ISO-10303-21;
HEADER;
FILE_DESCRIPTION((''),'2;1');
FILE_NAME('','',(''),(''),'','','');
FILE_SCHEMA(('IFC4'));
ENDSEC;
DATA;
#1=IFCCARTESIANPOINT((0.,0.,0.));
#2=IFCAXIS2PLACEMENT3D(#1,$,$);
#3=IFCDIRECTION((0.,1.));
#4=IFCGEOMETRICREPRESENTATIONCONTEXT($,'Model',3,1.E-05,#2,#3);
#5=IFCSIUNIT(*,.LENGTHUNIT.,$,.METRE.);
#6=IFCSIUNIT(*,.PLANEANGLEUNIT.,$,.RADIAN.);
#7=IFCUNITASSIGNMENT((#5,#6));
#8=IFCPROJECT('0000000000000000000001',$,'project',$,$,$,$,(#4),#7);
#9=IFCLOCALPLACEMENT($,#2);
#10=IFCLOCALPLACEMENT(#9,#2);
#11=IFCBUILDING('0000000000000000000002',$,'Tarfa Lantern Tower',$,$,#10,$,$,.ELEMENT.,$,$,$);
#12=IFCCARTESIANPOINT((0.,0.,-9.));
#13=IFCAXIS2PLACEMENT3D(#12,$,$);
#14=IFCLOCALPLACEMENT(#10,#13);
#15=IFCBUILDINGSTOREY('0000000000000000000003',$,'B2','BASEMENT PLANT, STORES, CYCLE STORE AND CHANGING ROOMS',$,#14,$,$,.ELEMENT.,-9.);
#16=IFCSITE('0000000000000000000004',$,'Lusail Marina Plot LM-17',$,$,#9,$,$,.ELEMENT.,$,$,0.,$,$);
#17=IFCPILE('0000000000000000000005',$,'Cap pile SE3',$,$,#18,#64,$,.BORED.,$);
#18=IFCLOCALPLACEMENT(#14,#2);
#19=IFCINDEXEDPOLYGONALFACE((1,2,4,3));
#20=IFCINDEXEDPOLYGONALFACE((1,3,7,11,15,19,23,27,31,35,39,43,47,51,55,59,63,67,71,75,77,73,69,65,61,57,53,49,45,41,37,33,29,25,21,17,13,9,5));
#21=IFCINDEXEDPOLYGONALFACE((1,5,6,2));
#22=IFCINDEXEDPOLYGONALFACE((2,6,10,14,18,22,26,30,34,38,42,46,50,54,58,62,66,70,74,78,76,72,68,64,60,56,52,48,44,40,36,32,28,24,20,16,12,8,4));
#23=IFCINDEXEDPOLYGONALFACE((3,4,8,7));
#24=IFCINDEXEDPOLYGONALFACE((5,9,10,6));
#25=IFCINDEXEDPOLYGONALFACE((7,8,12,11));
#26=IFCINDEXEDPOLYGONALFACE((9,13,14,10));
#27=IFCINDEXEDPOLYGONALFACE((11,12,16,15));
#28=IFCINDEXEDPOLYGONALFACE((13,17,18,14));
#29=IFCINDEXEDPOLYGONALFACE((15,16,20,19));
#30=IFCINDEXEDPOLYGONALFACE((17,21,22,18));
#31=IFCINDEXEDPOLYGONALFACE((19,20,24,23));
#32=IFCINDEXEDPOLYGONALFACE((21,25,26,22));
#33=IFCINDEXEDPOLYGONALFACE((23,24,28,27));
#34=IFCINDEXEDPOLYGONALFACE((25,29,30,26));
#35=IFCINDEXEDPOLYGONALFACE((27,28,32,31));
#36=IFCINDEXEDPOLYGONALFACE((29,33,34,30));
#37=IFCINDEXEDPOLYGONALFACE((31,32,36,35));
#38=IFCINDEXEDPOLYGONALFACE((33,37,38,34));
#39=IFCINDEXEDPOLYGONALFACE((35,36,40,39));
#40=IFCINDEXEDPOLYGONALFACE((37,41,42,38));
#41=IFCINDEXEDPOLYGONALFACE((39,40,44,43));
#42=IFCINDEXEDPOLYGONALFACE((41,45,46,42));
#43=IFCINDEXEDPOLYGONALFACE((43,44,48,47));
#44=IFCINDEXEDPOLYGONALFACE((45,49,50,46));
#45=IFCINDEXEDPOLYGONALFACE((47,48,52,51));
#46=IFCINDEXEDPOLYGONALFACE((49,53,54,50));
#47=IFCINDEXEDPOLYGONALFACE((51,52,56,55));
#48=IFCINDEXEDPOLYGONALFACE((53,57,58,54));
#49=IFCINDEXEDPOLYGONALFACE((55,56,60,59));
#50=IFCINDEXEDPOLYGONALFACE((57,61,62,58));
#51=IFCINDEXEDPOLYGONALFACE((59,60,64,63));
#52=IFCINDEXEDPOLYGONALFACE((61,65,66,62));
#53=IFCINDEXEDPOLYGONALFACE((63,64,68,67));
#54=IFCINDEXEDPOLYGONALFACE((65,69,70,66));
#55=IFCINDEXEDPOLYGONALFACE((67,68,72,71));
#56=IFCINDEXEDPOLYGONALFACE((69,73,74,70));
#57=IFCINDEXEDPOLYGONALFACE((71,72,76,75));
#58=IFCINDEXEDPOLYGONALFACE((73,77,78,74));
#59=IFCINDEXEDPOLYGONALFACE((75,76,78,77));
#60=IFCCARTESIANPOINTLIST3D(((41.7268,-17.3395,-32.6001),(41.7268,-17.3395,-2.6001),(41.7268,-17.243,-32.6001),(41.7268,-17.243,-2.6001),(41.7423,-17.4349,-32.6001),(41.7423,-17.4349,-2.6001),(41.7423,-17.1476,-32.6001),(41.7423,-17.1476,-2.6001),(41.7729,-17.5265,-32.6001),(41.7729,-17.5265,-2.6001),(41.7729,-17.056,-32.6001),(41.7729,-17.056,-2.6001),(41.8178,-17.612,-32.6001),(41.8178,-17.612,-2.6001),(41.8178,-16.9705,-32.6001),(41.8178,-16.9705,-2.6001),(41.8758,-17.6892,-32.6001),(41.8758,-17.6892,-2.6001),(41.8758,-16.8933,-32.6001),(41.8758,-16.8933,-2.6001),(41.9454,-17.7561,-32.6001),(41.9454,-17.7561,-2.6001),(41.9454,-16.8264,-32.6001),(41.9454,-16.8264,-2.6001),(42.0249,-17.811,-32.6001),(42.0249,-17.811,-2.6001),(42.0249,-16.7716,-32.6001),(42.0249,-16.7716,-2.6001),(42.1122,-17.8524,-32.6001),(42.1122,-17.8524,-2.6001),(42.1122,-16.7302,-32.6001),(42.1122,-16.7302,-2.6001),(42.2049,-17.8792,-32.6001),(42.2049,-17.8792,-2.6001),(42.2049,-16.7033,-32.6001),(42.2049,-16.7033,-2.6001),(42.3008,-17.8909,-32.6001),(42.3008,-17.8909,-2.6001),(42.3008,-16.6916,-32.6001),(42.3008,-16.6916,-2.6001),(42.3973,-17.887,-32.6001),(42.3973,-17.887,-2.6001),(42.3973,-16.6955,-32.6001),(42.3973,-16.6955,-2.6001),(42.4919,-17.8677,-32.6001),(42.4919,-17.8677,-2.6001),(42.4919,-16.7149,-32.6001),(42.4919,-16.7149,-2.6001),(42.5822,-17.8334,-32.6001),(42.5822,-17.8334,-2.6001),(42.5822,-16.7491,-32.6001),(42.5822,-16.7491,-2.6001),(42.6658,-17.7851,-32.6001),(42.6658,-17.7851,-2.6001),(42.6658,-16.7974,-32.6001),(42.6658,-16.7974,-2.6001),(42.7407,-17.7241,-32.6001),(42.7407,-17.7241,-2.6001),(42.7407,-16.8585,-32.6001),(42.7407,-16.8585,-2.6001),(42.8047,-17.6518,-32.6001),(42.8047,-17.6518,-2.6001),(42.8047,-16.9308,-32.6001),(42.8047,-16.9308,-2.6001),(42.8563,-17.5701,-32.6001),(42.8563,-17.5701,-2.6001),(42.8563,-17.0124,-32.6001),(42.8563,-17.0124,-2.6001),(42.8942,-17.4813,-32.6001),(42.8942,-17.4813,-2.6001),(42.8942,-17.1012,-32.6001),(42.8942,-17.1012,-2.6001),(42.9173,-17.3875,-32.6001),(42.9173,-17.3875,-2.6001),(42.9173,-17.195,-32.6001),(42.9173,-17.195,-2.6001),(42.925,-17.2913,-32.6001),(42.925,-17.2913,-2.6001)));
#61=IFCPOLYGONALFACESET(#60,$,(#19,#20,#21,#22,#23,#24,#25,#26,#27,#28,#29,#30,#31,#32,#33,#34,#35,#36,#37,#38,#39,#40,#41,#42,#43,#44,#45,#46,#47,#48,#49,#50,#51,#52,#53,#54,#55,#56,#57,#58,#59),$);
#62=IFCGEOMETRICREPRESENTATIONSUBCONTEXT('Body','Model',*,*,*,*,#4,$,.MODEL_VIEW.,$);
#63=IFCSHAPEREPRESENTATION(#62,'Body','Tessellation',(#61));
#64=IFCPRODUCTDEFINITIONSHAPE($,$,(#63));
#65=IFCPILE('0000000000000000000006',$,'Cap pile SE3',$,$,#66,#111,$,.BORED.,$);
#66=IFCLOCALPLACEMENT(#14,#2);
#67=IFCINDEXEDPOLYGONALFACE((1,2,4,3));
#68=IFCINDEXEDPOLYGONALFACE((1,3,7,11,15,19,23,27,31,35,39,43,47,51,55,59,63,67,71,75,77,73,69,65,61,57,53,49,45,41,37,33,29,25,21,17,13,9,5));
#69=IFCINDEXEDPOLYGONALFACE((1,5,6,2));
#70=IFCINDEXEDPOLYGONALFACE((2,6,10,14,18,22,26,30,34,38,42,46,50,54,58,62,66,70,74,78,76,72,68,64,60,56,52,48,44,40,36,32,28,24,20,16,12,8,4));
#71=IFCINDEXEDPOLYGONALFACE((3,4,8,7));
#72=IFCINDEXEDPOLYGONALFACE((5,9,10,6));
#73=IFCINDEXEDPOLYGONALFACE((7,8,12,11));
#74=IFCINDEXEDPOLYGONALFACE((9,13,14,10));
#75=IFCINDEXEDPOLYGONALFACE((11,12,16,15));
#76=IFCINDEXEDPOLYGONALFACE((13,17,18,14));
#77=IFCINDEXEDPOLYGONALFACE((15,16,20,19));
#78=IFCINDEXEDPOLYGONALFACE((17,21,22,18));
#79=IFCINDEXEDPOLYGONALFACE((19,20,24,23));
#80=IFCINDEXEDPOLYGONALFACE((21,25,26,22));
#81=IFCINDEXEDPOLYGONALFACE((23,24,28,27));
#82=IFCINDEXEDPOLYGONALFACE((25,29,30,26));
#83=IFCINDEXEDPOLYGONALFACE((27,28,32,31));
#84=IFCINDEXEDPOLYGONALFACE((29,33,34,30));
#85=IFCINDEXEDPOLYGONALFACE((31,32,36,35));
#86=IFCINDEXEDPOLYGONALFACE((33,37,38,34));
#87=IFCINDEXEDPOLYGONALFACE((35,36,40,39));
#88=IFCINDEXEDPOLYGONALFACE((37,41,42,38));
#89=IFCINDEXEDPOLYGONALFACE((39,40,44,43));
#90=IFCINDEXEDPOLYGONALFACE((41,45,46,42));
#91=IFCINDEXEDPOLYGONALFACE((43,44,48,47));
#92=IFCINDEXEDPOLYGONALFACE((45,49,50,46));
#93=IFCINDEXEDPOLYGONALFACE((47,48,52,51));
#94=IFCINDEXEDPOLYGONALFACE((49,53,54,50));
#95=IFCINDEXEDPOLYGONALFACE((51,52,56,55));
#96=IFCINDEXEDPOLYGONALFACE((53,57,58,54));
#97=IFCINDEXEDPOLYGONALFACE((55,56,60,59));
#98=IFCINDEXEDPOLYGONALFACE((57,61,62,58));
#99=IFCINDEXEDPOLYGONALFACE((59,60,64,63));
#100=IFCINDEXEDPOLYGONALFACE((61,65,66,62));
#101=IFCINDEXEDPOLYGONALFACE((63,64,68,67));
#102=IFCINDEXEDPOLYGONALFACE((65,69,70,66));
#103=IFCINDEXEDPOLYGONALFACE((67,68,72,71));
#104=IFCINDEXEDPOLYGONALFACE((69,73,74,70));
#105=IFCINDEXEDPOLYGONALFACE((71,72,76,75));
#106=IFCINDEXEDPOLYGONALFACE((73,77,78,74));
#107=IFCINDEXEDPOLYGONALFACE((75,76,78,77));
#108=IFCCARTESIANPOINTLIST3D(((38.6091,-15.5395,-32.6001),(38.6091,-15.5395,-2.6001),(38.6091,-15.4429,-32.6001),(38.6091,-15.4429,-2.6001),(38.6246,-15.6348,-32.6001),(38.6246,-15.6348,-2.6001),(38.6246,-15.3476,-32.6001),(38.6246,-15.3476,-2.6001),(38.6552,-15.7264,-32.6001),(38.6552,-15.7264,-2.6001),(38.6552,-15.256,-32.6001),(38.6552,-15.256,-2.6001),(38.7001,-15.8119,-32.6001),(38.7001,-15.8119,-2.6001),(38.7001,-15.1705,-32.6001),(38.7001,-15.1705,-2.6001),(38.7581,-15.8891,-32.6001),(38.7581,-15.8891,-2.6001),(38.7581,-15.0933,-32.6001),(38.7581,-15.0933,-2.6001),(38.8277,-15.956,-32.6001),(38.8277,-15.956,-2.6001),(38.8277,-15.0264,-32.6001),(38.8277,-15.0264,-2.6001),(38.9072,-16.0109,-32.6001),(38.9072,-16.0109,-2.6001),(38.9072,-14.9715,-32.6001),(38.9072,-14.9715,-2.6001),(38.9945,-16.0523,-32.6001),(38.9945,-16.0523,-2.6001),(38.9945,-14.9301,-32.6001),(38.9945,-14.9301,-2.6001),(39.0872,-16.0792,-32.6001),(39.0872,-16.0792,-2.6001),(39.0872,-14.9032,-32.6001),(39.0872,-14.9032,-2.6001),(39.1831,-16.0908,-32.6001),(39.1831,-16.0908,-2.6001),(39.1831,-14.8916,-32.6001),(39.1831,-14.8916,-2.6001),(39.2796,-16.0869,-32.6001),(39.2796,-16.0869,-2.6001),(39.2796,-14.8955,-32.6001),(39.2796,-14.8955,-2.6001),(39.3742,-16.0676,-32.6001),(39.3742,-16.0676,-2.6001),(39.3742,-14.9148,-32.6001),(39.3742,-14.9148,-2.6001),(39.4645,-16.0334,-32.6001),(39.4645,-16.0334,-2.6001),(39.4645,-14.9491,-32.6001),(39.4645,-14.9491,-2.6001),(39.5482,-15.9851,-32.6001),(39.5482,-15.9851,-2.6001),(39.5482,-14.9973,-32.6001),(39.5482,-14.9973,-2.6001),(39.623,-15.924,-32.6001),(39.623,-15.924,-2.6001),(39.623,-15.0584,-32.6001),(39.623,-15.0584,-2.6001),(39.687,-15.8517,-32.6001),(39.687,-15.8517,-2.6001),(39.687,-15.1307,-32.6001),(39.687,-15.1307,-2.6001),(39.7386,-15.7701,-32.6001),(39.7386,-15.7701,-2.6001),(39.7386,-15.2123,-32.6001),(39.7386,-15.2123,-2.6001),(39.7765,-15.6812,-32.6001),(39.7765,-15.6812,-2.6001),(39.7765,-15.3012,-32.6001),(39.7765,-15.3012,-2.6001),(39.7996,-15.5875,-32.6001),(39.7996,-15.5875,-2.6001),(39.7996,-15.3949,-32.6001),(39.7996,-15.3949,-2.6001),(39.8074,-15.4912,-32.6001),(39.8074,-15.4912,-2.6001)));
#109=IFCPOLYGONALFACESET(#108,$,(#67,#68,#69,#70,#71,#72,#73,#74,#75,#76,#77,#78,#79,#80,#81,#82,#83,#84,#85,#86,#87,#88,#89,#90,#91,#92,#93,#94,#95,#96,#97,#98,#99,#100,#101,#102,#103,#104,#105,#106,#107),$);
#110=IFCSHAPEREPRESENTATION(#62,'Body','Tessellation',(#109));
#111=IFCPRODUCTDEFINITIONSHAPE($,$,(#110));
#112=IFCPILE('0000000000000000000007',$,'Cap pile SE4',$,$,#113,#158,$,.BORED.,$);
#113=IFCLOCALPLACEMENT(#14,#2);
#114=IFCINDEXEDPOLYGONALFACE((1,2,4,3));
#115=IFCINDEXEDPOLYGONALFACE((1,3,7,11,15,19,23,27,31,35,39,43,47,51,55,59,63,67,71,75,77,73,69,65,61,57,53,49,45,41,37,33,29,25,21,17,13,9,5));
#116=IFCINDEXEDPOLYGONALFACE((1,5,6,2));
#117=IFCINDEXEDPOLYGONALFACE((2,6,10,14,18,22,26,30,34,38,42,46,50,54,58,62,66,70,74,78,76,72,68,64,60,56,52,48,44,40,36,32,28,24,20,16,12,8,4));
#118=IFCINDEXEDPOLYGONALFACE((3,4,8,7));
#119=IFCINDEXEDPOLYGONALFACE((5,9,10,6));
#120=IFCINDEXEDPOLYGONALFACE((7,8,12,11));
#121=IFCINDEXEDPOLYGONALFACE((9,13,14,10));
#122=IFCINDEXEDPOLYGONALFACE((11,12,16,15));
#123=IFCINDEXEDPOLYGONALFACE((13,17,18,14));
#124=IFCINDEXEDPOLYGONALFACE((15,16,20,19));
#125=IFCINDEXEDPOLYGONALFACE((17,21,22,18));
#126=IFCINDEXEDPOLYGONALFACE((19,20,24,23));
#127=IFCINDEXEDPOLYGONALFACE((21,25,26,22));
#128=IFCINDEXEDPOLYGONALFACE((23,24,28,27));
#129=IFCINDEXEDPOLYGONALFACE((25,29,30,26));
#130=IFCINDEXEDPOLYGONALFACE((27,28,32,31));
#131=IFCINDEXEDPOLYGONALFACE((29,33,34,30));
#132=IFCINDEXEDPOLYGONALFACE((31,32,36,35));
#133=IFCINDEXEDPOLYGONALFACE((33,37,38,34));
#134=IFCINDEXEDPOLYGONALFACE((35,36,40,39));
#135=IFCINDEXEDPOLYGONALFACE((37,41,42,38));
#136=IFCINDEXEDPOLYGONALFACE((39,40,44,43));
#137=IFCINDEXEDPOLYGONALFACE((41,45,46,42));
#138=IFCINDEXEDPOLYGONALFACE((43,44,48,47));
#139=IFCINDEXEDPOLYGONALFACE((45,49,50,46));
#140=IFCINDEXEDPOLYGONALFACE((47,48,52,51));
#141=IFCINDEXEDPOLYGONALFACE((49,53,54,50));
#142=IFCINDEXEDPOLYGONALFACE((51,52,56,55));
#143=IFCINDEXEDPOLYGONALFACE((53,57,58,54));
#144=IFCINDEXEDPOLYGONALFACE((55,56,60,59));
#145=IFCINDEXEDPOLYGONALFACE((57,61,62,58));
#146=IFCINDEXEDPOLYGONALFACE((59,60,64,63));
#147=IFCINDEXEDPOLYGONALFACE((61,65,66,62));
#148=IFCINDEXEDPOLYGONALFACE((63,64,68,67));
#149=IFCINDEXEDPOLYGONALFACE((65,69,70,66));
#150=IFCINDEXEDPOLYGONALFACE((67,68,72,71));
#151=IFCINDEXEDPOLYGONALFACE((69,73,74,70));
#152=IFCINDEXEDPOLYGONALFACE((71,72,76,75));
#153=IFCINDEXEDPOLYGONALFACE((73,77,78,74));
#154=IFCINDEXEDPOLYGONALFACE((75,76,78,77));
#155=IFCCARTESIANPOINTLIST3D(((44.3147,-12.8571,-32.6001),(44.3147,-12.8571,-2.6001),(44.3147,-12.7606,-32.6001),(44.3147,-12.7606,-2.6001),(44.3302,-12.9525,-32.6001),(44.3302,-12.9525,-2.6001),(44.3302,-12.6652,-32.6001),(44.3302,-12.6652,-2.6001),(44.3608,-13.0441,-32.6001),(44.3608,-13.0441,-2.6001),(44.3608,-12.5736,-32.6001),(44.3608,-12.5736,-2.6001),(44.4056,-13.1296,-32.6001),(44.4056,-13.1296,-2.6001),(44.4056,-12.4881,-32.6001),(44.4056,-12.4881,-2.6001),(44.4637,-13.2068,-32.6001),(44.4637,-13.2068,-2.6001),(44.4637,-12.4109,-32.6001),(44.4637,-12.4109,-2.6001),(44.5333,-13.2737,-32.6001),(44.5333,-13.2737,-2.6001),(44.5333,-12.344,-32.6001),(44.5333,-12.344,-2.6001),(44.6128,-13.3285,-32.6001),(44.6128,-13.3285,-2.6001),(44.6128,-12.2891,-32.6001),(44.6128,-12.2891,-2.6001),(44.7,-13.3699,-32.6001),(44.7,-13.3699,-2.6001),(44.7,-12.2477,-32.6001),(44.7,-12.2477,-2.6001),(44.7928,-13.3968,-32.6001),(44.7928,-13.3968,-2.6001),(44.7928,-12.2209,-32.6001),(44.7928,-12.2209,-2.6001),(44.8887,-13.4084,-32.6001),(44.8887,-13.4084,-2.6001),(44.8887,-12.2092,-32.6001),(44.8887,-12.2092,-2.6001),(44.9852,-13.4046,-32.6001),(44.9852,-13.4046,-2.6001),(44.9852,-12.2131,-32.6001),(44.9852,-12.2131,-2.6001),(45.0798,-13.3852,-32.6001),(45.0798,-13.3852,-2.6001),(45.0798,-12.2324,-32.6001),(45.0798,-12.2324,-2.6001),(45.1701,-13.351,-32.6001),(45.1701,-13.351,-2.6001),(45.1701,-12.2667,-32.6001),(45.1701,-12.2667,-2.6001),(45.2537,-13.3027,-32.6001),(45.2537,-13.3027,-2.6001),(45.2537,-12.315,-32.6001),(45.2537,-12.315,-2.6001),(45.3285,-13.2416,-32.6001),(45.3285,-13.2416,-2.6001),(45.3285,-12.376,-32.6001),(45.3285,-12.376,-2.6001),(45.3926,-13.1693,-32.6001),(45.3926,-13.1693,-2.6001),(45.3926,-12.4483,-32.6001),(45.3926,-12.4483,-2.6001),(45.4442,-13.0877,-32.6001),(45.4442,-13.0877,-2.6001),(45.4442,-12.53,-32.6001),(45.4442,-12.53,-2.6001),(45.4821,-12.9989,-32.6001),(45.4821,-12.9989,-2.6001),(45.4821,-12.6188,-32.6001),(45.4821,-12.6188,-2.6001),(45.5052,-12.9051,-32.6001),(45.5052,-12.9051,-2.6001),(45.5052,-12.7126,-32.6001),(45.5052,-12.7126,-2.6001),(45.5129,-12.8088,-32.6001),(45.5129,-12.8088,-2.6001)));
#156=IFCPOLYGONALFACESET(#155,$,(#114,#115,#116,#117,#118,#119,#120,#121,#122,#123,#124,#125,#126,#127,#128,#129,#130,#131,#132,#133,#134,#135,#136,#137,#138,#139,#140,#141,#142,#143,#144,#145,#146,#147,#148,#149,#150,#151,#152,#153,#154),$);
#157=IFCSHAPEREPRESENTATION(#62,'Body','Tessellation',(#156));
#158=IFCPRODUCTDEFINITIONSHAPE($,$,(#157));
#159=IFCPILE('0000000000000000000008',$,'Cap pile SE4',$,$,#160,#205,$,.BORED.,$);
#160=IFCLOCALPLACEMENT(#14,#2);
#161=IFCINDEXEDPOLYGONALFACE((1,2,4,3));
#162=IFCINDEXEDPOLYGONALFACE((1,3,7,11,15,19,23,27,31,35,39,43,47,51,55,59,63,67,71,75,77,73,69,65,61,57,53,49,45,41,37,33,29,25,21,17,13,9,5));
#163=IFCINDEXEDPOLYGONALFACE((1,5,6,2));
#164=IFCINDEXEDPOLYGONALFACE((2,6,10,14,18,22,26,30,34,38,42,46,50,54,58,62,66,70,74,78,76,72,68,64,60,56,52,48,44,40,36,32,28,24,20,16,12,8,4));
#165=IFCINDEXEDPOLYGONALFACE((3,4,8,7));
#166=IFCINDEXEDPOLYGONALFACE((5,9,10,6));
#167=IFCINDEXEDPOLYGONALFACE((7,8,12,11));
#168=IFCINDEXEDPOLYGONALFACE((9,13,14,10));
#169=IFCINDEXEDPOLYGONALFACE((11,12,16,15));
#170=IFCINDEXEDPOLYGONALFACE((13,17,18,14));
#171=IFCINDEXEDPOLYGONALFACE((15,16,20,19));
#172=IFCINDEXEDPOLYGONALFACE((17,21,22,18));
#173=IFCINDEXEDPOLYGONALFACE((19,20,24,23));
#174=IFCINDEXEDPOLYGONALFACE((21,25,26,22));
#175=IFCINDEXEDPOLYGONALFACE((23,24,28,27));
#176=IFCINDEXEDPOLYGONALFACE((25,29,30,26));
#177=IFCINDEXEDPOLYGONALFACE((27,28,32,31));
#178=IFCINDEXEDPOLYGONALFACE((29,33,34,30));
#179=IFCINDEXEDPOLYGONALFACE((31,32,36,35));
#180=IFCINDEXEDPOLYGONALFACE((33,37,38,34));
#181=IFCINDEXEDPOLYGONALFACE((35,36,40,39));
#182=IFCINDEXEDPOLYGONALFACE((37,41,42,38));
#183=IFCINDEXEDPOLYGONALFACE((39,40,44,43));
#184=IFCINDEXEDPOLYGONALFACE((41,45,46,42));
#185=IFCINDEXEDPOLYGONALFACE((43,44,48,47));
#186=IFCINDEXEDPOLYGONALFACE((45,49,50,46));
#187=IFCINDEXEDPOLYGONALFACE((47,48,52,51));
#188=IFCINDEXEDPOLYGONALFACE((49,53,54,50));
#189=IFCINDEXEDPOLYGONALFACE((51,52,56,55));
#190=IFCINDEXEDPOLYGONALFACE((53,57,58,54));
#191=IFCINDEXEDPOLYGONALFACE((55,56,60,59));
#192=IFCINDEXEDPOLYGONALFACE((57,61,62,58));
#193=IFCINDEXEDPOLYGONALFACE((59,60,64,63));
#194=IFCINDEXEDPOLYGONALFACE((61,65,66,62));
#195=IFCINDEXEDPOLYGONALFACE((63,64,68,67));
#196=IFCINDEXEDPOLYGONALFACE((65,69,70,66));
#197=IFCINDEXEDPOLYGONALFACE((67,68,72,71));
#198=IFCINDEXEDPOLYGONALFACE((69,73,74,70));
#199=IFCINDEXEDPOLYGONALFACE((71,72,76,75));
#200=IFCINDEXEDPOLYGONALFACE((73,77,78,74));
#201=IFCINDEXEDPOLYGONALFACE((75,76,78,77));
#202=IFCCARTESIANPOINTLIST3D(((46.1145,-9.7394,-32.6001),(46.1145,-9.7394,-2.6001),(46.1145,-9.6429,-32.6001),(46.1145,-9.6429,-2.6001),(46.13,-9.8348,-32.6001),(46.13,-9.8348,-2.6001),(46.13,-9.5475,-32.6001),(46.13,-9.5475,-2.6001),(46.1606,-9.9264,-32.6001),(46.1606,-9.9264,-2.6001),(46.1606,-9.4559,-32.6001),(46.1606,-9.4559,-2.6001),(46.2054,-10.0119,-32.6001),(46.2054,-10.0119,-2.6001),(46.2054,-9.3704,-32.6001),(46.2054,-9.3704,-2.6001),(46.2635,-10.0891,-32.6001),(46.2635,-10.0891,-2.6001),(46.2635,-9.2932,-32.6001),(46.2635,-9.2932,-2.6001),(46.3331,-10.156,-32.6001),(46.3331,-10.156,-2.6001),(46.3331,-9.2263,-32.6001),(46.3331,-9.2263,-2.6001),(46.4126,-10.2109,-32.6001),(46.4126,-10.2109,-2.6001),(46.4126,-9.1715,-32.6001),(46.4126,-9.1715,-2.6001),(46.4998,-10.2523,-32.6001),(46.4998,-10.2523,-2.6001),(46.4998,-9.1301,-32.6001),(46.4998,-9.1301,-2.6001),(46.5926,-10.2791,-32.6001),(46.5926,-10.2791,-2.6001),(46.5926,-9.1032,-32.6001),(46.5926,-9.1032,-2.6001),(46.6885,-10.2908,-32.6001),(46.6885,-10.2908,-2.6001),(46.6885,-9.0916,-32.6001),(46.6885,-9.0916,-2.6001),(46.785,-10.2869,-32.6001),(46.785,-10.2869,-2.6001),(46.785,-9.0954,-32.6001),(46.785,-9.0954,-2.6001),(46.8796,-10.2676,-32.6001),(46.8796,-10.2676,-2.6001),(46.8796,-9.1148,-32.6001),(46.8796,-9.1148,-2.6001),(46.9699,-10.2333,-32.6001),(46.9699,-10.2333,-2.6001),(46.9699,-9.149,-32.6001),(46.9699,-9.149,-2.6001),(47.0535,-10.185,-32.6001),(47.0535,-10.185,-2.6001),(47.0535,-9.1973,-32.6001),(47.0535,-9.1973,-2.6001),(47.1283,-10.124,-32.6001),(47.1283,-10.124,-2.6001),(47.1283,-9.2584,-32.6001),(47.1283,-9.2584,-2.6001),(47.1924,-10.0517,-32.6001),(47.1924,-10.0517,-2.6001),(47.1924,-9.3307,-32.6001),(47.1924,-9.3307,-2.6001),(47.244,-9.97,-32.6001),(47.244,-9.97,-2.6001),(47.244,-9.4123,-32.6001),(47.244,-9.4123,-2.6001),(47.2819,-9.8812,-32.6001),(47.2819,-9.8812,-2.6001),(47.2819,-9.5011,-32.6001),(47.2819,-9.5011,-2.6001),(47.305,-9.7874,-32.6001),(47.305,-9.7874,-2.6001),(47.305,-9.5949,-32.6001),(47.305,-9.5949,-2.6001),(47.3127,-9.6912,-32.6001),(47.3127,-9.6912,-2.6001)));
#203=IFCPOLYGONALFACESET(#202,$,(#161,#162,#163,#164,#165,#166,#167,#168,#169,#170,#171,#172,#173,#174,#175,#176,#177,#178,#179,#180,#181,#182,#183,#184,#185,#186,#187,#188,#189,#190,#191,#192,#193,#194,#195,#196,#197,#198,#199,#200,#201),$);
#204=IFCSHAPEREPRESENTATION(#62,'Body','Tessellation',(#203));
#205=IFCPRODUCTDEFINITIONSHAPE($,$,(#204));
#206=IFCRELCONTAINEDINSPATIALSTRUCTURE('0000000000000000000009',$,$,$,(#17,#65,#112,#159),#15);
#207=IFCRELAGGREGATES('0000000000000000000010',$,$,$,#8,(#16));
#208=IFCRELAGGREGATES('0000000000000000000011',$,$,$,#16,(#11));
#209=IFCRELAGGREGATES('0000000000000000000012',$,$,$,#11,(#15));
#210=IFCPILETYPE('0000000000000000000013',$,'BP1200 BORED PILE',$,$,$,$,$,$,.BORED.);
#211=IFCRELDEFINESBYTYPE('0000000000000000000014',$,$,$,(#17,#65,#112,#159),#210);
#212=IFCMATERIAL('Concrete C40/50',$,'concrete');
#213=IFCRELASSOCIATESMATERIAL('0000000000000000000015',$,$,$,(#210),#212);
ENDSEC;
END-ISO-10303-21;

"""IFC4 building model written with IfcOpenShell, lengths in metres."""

from ifc_helpers import new_model, si_unit, direction, frame, origin, origin_2d, place, context, subcontext, project, spatial, circle, extrude, material, material_profile, profile_set, type_object, element, save


model = new_model("IFC4")

# Units and contexts
model_context = context("Model", 3, precision=1e-05, world=origin(), true_north=direction((0.0, 1.0)))
body_context = subcontext(model_context, "Body", "Model", "MODEL_VIEW")
ifc_project = project(units=[si_unit("LENGTHUNIT", "METRE"), si_unit("PLANEANGLEUNIT", "RADIAN")], contexts=[model_context])

# Site, building, storey
site_placement = place(None, origin())
site = spatial("IfcSite", under=ifc_project, at=site_placement, Name="Lusail Marina Plot LM-17", CompositionType="ELEMENT", RefElevation=0.0)
building_placement = place(site_placement, origin())
building = spatial("IfcBuilding", under=site, at=building_placement, Name="Tarfa Lantern Tower", CompositionType="ELEMENT")
storey_placement = place(building_placement, frame((0.0, 0.0, -9.0)))
storey = spatial("IfcBuildingStorey", under=building, at=storey_placement, Name="B2", Description="BASEMENT PLANT, STORES, CYCLE STORE AND CHANGING ROOMS", CompositionType="ELEMENT", Elevation=-9.0)

# Piles
ifc_material_1 = material(Name="Concrete C40/50", Category="concrete")
ifc_material_profile_1 = material_profile(ifc_material_1, circle(Radius=0.6001, at=origin_2d()), Name="BORED PILE D1200")
ifc_profile_set_1 = profile_set([ifc_material_profile_1], Name="Concrete C40/50")
pile_type_1 = type_object("IfcPileType", Name="BP1200 BORED PILE", PredefinedType="BORED", material=ifc_profile_set_1)
for number, where, z_axis, x_axis, name in (
    (1, (42.325, -17.2913, -2.6001), (0.0, 0.0, -1.0), (1.0, 0.0, 0.0), "Cap pile SE3"),
    (2, (39.2073, -15.4912, -2.6001), (0.0, 0.0, -1.0), (1.0, 0.0, 0.0), "Cap pile SE3"),
    (3, (44.9128, -12.8088, -2.6001), (0.0, 0.0, -1.0), (1.0, 0.0, 0.0), "Cap pile SE4"),
    (4, (46.7126, -9.6912, -2.6001), (0.0, 0.0, -1.0), (1.0, 0.0, 0.0), "Cap pile SE4"),
):
    element("IfcPile", number, at=place(storey_placement, frame(where, z_axis=z_axis, x_axis=x_axis)), inside=storey, type_object=pile_type_1, Name=name, PredefinedType="BORED", context=body_context, shape_type="SweptSolid", body=[
        extrude(circle(Radius=0.6001, at=origin_2d()), origin(), (0.0, 0.0, 1.0), 30.0),
    ])

save(model, "model.ifc")
